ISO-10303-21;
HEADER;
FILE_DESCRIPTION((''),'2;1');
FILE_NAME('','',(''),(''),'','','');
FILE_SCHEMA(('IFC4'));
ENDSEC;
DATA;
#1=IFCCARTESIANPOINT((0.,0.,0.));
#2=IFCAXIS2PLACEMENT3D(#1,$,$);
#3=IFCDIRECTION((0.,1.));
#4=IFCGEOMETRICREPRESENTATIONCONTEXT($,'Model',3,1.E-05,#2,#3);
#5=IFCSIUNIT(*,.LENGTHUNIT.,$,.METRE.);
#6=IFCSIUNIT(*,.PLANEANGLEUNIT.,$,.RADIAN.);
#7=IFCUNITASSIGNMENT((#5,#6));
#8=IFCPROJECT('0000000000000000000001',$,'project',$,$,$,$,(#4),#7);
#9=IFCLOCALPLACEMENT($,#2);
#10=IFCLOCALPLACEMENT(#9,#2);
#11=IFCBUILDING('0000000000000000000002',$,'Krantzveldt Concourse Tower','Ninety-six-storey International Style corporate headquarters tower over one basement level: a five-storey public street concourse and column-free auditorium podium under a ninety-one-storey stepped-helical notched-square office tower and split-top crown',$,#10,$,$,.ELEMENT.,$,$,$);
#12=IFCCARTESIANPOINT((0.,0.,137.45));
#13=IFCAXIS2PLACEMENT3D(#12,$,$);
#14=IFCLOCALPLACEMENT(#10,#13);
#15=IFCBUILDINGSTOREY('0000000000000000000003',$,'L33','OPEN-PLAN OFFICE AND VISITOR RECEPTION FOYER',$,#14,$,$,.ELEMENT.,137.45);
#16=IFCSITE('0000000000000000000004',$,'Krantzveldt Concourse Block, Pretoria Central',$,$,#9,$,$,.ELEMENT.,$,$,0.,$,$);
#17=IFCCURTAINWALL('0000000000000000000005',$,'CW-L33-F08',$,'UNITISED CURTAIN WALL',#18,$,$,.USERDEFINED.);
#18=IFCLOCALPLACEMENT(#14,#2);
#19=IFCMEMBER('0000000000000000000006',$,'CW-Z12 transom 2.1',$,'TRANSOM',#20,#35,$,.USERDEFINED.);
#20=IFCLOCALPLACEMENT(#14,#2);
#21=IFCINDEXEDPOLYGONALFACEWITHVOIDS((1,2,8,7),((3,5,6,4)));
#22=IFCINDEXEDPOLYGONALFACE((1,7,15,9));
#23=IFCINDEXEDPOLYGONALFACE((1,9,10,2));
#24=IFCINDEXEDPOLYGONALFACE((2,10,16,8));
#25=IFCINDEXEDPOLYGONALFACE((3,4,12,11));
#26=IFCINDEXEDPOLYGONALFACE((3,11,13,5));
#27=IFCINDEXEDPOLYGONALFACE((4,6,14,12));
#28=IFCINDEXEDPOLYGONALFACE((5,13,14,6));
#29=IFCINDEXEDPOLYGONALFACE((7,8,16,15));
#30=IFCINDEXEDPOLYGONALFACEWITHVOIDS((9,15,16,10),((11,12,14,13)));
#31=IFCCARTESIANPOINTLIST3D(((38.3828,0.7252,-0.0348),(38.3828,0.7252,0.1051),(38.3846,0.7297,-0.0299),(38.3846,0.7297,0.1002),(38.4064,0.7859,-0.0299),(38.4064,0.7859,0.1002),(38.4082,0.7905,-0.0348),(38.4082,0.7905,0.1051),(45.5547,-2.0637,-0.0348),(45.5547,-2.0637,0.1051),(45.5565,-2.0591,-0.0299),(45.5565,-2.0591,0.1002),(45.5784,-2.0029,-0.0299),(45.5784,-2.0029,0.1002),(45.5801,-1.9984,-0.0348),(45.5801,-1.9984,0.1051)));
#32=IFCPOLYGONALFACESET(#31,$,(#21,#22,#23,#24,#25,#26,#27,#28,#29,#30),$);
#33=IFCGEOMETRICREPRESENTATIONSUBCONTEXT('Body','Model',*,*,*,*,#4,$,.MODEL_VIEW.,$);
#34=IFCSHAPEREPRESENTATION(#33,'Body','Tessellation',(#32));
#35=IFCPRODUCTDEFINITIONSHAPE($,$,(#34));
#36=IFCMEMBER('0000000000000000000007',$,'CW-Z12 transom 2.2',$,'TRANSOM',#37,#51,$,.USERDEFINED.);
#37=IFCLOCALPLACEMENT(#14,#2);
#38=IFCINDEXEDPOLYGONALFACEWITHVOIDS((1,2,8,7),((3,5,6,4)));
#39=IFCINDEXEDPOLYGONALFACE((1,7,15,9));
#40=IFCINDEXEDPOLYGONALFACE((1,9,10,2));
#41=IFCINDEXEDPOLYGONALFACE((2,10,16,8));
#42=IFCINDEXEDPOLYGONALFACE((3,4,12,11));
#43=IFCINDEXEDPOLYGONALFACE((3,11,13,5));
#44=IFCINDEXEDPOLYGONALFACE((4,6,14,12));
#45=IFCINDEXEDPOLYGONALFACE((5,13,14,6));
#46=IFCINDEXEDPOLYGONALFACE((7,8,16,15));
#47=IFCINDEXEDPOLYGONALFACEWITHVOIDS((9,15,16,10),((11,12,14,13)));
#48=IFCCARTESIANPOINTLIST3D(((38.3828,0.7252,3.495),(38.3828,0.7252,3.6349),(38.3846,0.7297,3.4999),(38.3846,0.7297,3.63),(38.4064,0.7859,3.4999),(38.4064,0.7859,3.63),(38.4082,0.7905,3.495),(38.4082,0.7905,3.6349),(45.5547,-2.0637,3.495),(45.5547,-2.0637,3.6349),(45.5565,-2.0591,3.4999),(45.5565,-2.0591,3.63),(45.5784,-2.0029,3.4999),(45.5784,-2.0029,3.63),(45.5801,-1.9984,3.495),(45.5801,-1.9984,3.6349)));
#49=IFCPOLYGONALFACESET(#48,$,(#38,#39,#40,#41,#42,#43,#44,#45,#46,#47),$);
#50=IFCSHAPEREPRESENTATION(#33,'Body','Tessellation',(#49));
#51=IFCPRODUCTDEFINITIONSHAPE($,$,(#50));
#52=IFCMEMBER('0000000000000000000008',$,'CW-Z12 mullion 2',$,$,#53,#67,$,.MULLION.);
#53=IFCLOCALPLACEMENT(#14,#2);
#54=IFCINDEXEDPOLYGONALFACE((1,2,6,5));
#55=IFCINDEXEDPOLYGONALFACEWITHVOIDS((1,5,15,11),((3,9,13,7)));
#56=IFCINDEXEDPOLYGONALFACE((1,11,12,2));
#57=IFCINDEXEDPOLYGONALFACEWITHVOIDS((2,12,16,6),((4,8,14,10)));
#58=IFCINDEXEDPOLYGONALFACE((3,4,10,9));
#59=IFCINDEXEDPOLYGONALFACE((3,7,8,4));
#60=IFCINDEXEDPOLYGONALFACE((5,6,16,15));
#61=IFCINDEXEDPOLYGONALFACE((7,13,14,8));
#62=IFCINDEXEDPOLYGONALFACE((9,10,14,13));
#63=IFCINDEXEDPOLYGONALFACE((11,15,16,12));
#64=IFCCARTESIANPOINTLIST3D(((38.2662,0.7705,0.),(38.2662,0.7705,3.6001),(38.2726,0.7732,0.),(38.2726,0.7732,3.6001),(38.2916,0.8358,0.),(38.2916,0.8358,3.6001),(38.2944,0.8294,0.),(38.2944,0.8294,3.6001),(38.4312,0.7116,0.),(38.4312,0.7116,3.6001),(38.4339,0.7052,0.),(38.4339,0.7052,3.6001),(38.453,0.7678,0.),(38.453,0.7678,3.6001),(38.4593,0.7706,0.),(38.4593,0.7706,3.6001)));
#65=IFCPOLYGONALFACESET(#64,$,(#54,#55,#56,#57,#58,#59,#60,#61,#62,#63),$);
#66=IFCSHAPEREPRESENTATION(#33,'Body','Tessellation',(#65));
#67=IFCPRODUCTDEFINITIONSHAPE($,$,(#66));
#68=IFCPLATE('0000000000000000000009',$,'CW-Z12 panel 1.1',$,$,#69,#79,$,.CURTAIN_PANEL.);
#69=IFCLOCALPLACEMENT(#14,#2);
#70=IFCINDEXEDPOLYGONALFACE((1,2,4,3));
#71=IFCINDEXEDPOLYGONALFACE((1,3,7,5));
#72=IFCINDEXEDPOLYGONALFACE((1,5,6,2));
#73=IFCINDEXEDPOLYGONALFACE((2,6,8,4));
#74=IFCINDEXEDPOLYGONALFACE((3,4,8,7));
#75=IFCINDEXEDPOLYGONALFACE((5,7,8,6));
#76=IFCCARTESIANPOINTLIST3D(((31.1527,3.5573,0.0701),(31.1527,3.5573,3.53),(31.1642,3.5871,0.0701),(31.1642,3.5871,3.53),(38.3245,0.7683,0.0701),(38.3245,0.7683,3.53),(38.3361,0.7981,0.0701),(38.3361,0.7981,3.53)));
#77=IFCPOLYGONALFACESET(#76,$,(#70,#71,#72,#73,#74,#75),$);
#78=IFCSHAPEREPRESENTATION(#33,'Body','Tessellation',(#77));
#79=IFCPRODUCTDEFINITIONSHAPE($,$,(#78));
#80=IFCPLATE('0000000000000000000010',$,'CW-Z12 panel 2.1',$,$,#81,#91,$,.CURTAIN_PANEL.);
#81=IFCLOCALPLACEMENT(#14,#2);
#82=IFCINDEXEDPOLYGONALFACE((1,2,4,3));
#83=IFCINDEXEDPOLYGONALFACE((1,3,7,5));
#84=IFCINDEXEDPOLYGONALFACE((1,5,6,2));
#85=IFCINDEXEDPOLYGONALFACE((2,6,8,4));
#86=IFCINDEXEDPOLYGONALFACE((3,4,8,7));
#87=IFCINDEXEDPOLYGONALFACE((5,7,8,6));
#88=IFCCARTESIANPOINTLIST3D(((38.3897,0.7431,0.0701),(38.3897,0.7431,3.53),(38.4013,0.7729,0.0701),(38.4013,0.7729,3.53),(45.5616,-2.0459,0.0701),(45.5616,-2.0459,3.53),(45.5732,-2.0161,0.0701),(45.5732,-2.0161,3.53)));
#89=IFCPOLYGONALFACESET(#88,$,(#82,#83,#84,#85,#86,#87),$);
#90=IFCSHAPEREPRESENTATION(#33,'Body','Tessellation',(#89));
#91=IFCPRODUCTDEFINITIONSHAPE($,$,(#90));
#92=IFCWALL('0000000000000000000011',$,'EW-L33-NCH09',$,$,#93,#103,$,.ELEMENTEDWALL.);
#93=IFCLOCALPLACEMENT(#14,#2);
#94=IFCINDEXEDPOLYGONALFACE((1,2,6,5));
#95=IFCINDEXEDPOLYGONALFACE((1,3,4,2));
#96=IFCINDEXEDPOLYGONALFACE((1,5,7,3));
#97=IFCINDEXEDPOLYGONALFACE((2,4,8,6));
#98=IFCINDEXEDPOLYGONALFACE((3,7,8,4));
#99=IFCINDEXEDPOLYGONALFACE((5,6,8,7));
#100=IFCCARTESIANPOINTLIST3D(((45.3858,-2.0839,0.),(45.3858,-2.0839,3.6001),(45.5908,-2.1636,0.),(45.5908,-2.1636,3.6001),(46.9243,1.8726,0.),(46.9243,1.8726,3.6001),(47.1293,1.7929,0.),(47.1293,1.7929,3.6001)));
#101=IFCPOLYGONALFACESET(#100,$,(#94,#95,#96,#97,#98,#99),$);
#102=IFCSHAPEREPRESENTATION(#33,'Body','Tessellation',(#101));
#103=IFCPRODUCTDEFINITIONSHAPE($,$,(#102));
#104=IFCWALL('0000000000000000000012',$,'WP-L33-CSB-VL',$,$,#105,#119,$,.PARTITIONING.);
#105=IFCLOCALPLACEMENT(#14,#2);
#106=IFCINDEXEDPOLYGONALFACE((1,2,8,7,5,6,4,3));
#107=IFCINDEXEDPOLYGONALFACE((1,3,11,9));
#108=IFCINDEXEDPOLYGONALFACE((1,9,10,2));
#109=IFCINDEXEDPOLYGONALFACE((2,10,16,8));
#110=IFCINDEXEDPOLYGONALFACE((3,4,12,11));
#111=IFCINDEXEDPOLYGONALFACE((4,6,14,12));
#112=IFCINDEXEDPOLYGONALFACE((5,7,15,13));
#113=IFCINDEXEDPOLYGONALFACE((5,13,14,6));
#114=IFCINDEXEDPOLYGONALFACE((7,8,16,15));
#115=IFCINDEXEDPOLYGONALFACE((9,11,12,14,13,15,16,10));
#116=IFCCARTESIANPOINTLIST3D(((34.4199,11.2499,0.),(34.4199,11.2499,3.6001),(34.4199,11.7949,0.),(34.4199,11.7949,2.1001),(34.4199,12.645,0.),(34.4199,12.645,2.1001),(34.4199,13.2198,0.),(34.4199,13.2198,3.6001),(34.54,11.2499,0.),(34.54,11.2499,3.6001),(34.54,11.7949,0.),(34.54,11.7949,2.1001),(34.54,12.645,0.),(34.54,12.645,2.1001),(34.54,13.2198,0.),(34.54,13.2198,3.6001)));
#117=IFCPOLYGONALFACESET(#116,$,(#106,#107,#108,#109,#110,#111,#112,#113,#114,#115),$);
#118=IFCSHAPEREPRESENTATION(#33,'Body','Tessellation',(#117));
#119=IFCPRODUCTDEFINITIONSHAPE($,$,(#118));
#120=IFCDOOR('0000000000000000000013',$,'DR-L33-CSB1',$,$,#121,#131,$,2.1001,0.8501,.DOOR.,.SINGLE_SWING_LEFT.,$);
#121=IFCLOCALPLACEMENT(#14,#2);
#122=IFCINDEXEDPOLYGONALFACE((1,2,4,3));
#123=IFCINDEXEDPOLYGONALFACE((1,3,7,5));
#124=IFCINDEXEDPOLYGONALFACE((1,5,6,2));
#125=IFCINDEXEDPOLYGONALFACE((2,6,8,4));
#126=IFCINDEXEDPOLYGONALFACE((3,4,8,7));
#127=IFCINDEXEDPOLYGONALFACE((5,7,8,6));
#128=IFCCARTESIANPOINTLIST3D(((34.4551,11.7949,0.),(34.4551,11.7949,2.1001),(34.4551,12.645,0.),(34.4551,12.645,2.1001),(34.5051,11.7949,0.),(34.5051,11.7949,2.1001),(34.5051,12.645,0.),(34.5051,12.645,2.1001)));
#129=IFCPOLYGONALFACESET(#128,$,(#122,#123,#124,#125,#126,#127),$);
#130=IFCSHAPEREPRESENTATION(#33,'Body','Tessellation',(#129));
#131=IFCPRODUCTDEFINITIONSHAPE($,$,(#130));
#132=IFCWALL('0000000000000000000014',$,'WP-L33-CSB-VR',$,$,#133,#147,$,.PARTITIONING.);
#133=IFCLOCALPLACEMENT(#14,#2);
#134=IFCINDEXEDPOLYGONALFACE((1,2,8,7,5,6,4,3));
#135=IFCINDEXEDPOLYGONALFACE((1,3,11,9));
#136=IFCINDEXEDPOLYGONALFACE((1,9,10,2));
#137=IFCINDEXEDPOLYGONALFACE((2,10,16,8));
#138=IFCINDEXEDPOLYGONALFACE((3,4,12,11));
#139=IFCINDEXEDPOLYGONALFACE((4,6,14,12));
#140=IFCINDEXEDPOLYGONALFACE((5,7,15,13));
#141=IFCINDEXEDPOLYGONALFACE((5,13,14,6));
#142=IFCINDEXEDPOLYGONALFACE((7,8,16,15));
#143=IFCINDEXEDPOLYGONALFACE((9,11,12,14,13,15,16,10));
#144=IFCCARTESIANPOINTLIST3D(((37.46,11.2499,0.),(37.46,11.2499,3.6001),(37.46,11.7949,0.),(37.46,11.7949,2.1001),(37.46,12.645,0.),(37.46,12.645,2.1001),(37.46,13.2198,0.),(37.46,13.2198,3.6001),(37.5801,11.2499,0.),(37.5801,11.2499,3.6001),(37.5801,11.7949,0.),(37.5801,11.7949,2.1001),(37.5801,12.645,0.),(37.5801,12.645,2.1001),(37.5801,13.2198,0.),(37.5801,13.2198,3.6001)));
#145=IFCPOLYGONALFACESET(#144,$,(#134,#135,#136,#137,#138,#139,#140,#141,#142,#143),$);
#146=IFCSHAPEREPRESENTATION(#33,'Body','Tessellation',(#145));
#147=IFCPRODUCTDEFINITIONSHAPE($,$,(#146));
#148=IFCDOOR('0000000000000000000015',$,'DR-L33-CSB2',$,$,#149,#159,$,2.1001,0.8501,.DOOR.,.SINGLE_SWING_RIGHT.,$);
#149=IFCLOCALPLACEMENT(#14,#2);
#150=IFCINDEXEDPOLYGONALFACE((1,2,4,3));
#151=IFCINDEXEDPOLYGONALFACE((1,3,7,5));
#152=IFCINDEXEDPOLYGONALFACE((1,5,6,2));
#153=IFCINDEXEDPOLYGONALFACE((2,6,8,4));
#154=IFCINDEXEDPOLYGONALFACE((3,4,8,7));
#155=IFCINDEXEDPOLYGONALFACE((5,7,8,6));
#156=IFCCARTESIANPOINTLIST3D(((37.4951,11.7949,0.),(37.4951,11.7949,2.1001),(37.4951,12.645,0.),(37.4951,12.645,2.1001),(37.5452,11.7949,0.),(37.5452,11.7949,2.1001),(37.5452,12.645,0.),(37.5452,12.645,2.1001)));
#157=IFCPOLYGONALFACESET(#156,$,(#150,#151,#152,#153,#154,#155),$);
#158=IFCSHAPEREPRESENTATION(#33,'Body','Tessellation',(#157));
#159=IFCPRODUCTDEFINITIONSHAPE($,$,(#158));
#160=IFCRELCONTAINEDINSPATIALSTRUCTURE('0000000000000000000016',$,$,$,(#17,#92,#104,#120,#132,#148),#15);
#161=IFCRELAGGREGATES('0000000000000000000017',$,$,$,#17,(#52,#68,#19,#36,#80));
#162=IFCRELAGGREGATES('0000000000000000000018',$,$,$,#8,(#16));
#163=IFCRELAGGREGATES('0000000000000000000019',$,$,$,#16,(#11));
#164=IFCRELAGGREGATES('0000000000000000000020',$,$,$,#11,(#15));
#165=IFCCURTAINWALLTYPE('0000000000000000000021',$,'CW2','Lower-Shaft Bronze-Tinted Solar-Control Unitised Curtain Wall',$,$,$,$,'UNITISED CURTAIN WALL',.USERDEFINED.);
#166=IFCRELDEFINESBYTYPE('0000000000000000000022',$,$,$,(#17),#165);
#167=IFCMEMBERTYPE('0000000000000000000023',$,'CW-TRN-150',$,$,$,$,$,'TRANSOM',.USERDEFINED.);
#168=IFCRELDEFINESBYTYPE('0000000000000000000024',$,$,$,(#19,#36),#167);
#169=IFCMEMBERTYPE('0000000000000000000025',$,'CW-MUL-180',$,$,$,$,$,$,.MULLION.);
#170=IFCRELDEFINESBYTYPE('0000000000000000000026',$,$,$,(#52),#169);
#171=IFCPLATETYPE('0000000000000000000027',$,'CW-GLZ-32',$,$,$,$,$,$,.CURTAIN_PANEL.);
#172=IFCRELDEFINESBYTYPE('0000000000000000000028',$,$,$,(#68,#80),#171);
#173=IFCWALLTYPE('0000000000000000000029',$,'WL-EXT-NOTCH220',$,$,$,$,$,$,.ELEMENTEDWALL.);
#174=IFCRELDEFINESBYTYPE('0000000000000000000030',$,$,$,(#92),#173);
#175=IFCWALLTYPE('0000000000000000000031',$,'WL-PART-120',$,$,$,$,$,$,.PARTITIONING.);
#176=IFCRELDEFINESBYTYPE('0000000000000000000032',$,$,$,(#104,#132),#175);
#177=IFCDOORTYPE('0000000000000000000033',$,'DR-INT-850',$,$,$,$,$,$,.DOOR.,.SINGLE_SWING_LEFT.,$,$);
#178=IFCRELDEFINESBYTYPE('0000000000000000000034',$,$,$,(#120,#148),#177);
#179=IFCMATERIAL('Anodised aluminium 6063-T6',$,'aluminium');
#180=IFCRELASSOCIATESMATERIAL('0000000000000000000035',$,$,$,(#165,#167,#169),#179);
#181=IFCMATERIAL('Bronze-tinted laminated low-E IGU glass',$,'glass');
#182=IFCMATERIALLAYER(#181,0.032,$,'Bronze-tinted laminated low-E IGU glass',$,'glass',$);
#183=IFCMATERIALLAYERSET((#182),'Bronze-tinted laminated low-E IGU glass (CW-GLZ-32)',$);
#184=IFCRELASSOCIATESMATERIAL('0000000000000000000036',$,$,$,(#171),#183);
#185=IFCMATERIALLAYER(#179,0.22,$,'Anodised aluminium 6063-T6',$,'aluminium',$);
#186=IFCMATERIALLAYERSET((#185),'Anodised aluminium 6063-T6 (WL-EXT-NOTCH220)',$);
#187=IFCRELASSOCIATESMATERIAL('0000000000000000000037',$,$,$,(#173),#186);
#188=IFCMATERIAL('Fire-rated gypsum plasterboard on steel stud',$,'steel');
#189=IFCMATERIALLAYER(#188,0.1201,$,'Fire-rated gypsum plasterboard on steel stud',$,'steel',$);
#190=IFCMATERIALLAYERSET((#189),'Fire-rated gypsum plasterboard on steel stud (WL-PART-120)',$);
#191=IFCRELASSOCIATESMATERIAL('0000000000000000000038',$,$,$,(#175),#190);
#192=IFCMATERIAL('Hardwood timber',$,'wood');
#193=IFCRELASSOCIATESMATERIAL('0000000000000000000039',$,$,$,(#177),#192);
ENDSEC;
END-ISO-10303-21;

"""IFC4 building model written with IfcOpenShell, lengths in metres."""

from ifc_helpers import new_model, si_unit, direction, frame, frame_2d, origin, origin_2d, place, context, subcontext, project, spatial, rectangle, hollow_rectangle, extrude, source, transform, mapped, material, layer, layer_set, material_profile, profile_set, type_object, type_shapes, element, fill, aggregate, save


model = new_model("IFC4")

# Units and contexts
model_context = context("Model", 3, precision=1e-05, world=origin(), true_north=direction((0.0, 1.0)))
body_context = subcontext(model_context, "Body", "Model", "MODEL_VIEW")
ifc_project = project(units=[si_unit("LENGTHUNIT", "METRE"), si_unit("PLANEANGLEUNIT", "RADIAN")], contexts=[model_context])

# Site, building, storey
site_placement = place(None, origin())
site = spatial("IfcSite", under=ifc_project, at=site_placement, Name="Krantzveldt Concourse Block, Pretoria Central", CompositionType="ELEMENT", RefElevation=0.0)
building_placement = place(site_placement, origin())
building = spatial("IfcBuilding", under=site, at=building_placement, Name="Krantzveldt Concourse Tower", Description="Ninety-six-storey International Style corporate headquarters tower over one basement level: a five-storey public street concourse and column-free auditorium podium under a ninety-one-storey stepped-helical notched-square office tower and split-top crown", CompositionType="ELEMENT")
storey_placement = place(building_placement, frame((0.0, 0.0, 137.45)))
storey = spatial("IfcBuildingStorey", under=building, at=storey_placement, Name="L33", Description="OPEN-PLAN OFFICE AND VISITOR RECEPTION FOYER", CompositionType="ELEMENT", Elevation=137.45)

# Curtain wall, members, plates
ifc_material_1 = material(Name="Anodised aluminium 6063-T6", Category="aluminium")
curtain_wall_type = type_object("IfcCurtainWallType", Name="CW2", Description="Lower-Shaft Bronze-Tinted Solar-Control Unitised Curtain Wall", ElementType="UNITISED CURTAIN WALL", PredefinedType="USERDEFINED", material=ifc_material_1)
curtain_wall_placement = place(storey_placement, origin())
curtain_wall = element("IfcCurtainWall", 1, at=curtain_wall_placement, inside=storey, type_object=curtain_wall_type, Name="CW-L33-F08", ObjectType="UNITISED CURTAIN WALL", PredefinedType="USERDEFINED")
ifc_material_profile_1 = material_profile(ifc_material_1, hollow_rectangle(XDim=0.0701, YDim=0.1399, WallThickness=0.0049, at=origin_2d()), Name="Anodised aluminium 6063-T6", Category="aluminium")
ifc_profile_set_1 = profile_set([ifc_material_profile_1], Name="Anodised aluminium 6063-T6 - ALU-TRAN 140x70x5")
member_type_1 = type_object("IfcMemberType", Name="CW-TRN-150", ElementType="TRANSOM", PredefinedType="USERDEFINED", material=ifc_profile_set_1)
shared_shape_1 = source(origin(), body_context, "Body", "SweptSolid", [
    extrude(hollow_rectangle(XDim=0.0701, YDim=0.1399, WallThickness=0.0049, at=origin_2d()), origin(), (0.0, 0.0, 1.0), 7.6951),
])
type_shapes(member_type_1, [shared_shape_1])
member_1_placement = place(storey_placement, frame((38.3955, 0.7578, 0.0352), z_axis=(0.932015, -0.362419, 0.0), x_axis=(0.362419, 0.932015, 0.0)))
member_1 = element("IfcMember", 2, at=member_1_placement, type_object=member_type_1, Name="CW-Z12 transom 2.1", ObjectType="TRANSOM", PredefinedType="USERDEFINED", context=body_context, shape_type="MappedRepresentation", body=[
    mapped(shared_shape_1, transform((0.0, 0.0, 0.0), x_axis=(1.0, 0.0, 0.0), y_axis=(0.0, 1.0, 0.0), z_axis=(0.0, 0.0, 1.0), scale=1.0)),
])
member_2_placement = place(storey_placement, frame((38.3955, 0.7578, 3.5649), z_axis=(0.932015, -0.362419, 0.0), x_axis=(0.362419, 0.932015, 0.0)))
member_2 = element("IfcMember", 3, at=member_2_placement, type_object=member_type_1, Name="CW-Z12 transom 2.2", ObjectType="TRANSOM", PredefinedType="USERDEFINED", context=body_context, shape_type="MappedRepresentation", body=[
    mapped(shared_shape_1, transform((0.0, 0.0, 0.0), x_axis=(1.0, 0.0, 0.0), y_axis=(0.0, 1.0, 0.0), z_axis=(0.0, 0.0, 1.0), scale=1.0)),
])
ifc_material_profile_2 = material_profile(ifc_material_1, hollow_rectangle(XDim=0.0701, YDim=0.1799, WallThickness=0.0049, at=origin_2d()), Name="Anodised aluminium 6063-T6", Category="aluminium")
ifc_profile_set_2 = profile_set([ifc_material_profile_2], Name="Anodised aluminium 6063-T6 - ALU-MULL 180x70x5")
member_type_2 = type_object("IfcMemberType", Name="CW-MUL-180", PredefinedType="MULLION", material=ifc_profile_set_2)
shared_shape_2 = source(origin(), body_context, "Body", "SweptSolid", [
    extrude(hollow_rectangle(XDim=0.0701, YDim=0.1799, WallThickness=0.0049, at=origin_2d()), origin(), (0.0, 0.0, 1.0), 3.6001),
])
type_shapes(member_type_2, [shared_shape_2])
member_3_placement = place(storey_placement, frame((38.3628, 0.7705, 0.0), z_axis=(0.0, 0.0, 1.0), x_axis=(0.362438, 0.932008, 0.0)))
member_3 = element("IfcMember", 4, at=member_3_placement, type_object=member_type_2, Name="CW-Z12 mullion 2", PredefinedType="MULLION", context=body_context, shape_type="MappedRepresentation", body=[
    mapped(shared_shape_2, transform((0.0, 0.0, 0.0), x_axis=(1.0, 0.0, 0.0), y_axis=(0.0, 1.0, 0.0), z_axis=(0.0, 0.0, 1.0), scale=1.0)),
])
ifc_material_2 = material(Name="Bronze-tinted laminated low-E IGU glass", Category="glass")
ifc_layer_1 = layer(ifc_material_2, 0.032, Name="Bronze-tinted laminated low-E IGU glass", Category="glass")
ifc_layer_set_1 = layer_set([ifc_layer_1], Name="Bronze-tinted laminated low-E IGU glass (CW-GLZ-32)")
plate_type = type_object("IfcPlateType", Name="CW-GLZ-32", PredefinedType="CURTAIN_PANEL", material=ifc_layer_set_1)
shared_shape_3 = source(origin(), body_context, "Body", "SweptSolid", [
    extrude(rectangle(XDim=7.6951, YDim=0.032, at=origin_2d()), origin(), (0.0, 0.0, 1.0), 3.46),
])
type_shapes(plate_type, [shared_shape_3])
plate_1_placement = place(storey_placement, frame((34.7444, 2.1777, 0.0701), z_axis=(0.0, 0.0, 1.0), x_axis=(0.932008, -0.362438, 0.0)))
plate_1 = element("IfcPlate", 5, at=plate_1_placement, type_object=plate_type, Name="CW-Z12 panel 1.1", PredefinedType="CURTAIN_PANEL", context=body_context, shape_type="MappedRepresentation", body=[
    mapped(shared_shape_3, transform((0.0, 0.0, 0.0), x_axis=(1.0, 0.0, 0.0), y_axis=(0.0, 1.0, 0.0), z_axis=(0.0, 0.0, 1.0), scale=1.0)),
])
plate_2_placement = place(storey_placement, frame((41.9814, -0.6365, 0.0701), z_axis=(0.0, 0.0, 1.0), x_axis=(0.932008, -0.362438, 0.0)))
plate_2 = element("IfcPlate", 6, at=plate_2_placement, type_object=plate_type, Name="CW-Z12 panel 2.1", PredefinedType="CURTAIN_PANEL", context=body_context, shape_type="MappedRepresentation", body=[
    mapped(shared_shape_3, transform((0.0, 0.0, 0.0), x_axis=(1.0, 0.0, 0.0), y_axis=(0.0, 1.0, 0.0), z_axis=(0.0, 0.0, 1.0), scale=1.0)),
])
aggregate(curtain_wall, [member_3, plate_1, member_1, member_2, plate_2])

# Wall
ifc_layer_2 = layer(ifc_material_1, 0.22, Name="Anodised aluminium 6063-T6", Category="aluminium")
ifc_layer_set_2 = layer_set([ifc_layer_2], Name="Anodised aluminium 6063-T6 (WL-EXT-NOTCH220)")
wall_type_1 = type_object("IfcWallType", Name="WL-EXT-NOTCH220", PredefinedType="ELEMENTEDWALL", material=ifc_layer_set_2)
wall_1_placement = place(storey_placement, frame((45.4883, -2.1238, 0.0), z_axis=(0.0, 0.0, 1.0), x_axis=(0.36243, 0.932011, 0.0)))
element("IfcWall", 7, at=wall_1_placement, inside=storey, type_object=wall_type_1, Name="EW-L33-NCH09", PredefinedType="ELEMENTEDWALL", context=body_context, shape_type="SweptSolid", body=[
    extrude(rectangle(XDim=4.2451, YDim=0.22, at=frame_2d((2.1226, 0.0))), origin(), (0.0, 0.0, 1.0), 3.6001),
])

# Walls, openings, doors
ifc_material_3 = material(Name="Fire-rated gypsum plasterboard on steel stud", Category="steel")
ifc_layer_3 = layer(ifc_material_3, 0.1201, Name="Fire-rated gypsum plasterboard on steel stud", Category="steel")
ifc_layer_set_3 = layer_set([ifc_layer_3], Name="Fire-rated gypsum plasterboard on steel stud (WL-PART-120)")
wall_type_2 = type_object("IfcWallType", Name="WL-PART-120", PredefinedType="PARTITIONING", material=ifc_layer_set_3)
wall_2_placement = place(storey_placement, frame((34.48, 11.25, 0.0), z_axis=(0.0, 0.0, 1.0), x_axis=(0.0, 1.0, 0.0)))
wall_2 = element("IfcWall", 8, at=wall_2_placement, inside=storey, type_object=wall_type_2, Name="WP-L33-CSB-VL", PredefinedType="PARTITIONING", context=body_context, shape_type="SweptSolid", body=[
    extrude(rectangle(XDim=1.97, YDim=0.1201, at=frame_2d((0.9849, 0.0))), origin(), (0.0, 0.0, 1.0), 3.6001),
])
opening_1_placement = place(wall_2_placement, frame((0.5449, 0.0, 0.0)))
opening_1 = element("IfcOpeningElement", 9, at=opening_1_placement, cuts=wall_2, PredefinedType="OPENING", context=body_context, shape_type="SweptSolid", body=[
    extrude(rectangle(XDim=0.8501, YDim=2.1001, at=frame_2d((0.425, 1.05))), frame((0.0, 0.0701, 0.0), z_axis=(0.0, -1.0, 0.0), x_axis=(1.0, 0.0, 0.0)), (0.0, 0.0, 1.0), 0.1401),
])
ifc_material_4 = material(Name="Hardwood timber", Category="wood")
door_type_1 = type_object("IfcDoorType", Name="DR-INT-850", OperationType="SINGLE_SWING_LEFT", PredefinedType="DOOR", material=ifc_material_4)
door_1_placement = place(opening_1_placement, origin())
door_1 = element("IfcDoor", 10, at=door_1_placement, inside=storey, type_object=door_type_1, Name="DR-L33-CSB1", OperationType="SINGLE_SWING_LEFT", OverallHeight=2.1001, OverallWidth=0.8501, PredefinedType="DOOR", context=body_context, shape_type="SweptSolid", body=[
    extrude(rectangle(XDim=0.8501, YDim=2.1001, at=frame_2d((0.425, 1.05))), frame((0.0, 0.0249, 0.0), z_axis=(0.0, -1.0, 0.0), x_axis=(1.0, 0.0, 0.0)), (0.0, 0.0, 1.0), 0.05),
])
fill(opening_1, door_1)
wall_3_placement = place(storey_placement, frame((37.52, 11.25, 0.0), z_axis=(0.0, 0.0, 1.0), x_axis=(0.0, 1.0, 0.0)))
wall_3 = element("IfcWall", 11, at=wall_3_placement, inside=storey, type_object=wall_type_2, Name="WP-L33-CSB-VR", PredefinedType="PARTITIONING", context=body_context, shape_type="SweptSolid", body=[
    extrude(rectangle(XDim=1.97, YDim=0.1201, at=frame_2d((0.9849, 0.0))), origin(), (0.0, 0.0, 1.0), 3.6001),
])
opening_2_placement = place(wall_3_placement, frame((0.5449, 0.0, 0.0)))
opening_2 = element("IfcOpeningElement", 12, at=opening_2_placement, cuts=wall_3, PredefinedType="OPENING", context=body_context, shape_type="SweptSolid", body=[
    extrude(rectangle(XDim=0.8501, YDim=2.1001, at=frame_2d((0.425, 1.05))), frame((0.0, 0.0701, 0.0), z_axis=(0.0, -1.0, 0.0), x_axis=(1.0, 0.0, 0.0)), (0.0, 0.0, 1.0), 0.1401),
])
door_2_placement = place(opening_2_placement, origin())
door_2 = element("IfcDoor", 13, at=door_2_placement, inside=storey, type_object=door_type_1, Name="DR-L33-CSB2", OperationType="SINGLE_SWING_RIGHT", OverallHeight=2.1001, OverallWidth=0.8501, PredefinedType="DOOR", context=body_context, shape_type="SweptSolid", body=[
    extrude(rectangle(XDim=0.8501, YDim=2.1001, at=frame_2d((0.425, 1.05))), frame((0.0, 0.0249, 0.0), z_axis=(0.0, -1.0, 0.0), x_axis=(1.0, 0.0, 0.0)), (0.0, 0.0, 1.0), 0.05),
])
fill(opening_2, door_2)

save(model, "model.ifc")
